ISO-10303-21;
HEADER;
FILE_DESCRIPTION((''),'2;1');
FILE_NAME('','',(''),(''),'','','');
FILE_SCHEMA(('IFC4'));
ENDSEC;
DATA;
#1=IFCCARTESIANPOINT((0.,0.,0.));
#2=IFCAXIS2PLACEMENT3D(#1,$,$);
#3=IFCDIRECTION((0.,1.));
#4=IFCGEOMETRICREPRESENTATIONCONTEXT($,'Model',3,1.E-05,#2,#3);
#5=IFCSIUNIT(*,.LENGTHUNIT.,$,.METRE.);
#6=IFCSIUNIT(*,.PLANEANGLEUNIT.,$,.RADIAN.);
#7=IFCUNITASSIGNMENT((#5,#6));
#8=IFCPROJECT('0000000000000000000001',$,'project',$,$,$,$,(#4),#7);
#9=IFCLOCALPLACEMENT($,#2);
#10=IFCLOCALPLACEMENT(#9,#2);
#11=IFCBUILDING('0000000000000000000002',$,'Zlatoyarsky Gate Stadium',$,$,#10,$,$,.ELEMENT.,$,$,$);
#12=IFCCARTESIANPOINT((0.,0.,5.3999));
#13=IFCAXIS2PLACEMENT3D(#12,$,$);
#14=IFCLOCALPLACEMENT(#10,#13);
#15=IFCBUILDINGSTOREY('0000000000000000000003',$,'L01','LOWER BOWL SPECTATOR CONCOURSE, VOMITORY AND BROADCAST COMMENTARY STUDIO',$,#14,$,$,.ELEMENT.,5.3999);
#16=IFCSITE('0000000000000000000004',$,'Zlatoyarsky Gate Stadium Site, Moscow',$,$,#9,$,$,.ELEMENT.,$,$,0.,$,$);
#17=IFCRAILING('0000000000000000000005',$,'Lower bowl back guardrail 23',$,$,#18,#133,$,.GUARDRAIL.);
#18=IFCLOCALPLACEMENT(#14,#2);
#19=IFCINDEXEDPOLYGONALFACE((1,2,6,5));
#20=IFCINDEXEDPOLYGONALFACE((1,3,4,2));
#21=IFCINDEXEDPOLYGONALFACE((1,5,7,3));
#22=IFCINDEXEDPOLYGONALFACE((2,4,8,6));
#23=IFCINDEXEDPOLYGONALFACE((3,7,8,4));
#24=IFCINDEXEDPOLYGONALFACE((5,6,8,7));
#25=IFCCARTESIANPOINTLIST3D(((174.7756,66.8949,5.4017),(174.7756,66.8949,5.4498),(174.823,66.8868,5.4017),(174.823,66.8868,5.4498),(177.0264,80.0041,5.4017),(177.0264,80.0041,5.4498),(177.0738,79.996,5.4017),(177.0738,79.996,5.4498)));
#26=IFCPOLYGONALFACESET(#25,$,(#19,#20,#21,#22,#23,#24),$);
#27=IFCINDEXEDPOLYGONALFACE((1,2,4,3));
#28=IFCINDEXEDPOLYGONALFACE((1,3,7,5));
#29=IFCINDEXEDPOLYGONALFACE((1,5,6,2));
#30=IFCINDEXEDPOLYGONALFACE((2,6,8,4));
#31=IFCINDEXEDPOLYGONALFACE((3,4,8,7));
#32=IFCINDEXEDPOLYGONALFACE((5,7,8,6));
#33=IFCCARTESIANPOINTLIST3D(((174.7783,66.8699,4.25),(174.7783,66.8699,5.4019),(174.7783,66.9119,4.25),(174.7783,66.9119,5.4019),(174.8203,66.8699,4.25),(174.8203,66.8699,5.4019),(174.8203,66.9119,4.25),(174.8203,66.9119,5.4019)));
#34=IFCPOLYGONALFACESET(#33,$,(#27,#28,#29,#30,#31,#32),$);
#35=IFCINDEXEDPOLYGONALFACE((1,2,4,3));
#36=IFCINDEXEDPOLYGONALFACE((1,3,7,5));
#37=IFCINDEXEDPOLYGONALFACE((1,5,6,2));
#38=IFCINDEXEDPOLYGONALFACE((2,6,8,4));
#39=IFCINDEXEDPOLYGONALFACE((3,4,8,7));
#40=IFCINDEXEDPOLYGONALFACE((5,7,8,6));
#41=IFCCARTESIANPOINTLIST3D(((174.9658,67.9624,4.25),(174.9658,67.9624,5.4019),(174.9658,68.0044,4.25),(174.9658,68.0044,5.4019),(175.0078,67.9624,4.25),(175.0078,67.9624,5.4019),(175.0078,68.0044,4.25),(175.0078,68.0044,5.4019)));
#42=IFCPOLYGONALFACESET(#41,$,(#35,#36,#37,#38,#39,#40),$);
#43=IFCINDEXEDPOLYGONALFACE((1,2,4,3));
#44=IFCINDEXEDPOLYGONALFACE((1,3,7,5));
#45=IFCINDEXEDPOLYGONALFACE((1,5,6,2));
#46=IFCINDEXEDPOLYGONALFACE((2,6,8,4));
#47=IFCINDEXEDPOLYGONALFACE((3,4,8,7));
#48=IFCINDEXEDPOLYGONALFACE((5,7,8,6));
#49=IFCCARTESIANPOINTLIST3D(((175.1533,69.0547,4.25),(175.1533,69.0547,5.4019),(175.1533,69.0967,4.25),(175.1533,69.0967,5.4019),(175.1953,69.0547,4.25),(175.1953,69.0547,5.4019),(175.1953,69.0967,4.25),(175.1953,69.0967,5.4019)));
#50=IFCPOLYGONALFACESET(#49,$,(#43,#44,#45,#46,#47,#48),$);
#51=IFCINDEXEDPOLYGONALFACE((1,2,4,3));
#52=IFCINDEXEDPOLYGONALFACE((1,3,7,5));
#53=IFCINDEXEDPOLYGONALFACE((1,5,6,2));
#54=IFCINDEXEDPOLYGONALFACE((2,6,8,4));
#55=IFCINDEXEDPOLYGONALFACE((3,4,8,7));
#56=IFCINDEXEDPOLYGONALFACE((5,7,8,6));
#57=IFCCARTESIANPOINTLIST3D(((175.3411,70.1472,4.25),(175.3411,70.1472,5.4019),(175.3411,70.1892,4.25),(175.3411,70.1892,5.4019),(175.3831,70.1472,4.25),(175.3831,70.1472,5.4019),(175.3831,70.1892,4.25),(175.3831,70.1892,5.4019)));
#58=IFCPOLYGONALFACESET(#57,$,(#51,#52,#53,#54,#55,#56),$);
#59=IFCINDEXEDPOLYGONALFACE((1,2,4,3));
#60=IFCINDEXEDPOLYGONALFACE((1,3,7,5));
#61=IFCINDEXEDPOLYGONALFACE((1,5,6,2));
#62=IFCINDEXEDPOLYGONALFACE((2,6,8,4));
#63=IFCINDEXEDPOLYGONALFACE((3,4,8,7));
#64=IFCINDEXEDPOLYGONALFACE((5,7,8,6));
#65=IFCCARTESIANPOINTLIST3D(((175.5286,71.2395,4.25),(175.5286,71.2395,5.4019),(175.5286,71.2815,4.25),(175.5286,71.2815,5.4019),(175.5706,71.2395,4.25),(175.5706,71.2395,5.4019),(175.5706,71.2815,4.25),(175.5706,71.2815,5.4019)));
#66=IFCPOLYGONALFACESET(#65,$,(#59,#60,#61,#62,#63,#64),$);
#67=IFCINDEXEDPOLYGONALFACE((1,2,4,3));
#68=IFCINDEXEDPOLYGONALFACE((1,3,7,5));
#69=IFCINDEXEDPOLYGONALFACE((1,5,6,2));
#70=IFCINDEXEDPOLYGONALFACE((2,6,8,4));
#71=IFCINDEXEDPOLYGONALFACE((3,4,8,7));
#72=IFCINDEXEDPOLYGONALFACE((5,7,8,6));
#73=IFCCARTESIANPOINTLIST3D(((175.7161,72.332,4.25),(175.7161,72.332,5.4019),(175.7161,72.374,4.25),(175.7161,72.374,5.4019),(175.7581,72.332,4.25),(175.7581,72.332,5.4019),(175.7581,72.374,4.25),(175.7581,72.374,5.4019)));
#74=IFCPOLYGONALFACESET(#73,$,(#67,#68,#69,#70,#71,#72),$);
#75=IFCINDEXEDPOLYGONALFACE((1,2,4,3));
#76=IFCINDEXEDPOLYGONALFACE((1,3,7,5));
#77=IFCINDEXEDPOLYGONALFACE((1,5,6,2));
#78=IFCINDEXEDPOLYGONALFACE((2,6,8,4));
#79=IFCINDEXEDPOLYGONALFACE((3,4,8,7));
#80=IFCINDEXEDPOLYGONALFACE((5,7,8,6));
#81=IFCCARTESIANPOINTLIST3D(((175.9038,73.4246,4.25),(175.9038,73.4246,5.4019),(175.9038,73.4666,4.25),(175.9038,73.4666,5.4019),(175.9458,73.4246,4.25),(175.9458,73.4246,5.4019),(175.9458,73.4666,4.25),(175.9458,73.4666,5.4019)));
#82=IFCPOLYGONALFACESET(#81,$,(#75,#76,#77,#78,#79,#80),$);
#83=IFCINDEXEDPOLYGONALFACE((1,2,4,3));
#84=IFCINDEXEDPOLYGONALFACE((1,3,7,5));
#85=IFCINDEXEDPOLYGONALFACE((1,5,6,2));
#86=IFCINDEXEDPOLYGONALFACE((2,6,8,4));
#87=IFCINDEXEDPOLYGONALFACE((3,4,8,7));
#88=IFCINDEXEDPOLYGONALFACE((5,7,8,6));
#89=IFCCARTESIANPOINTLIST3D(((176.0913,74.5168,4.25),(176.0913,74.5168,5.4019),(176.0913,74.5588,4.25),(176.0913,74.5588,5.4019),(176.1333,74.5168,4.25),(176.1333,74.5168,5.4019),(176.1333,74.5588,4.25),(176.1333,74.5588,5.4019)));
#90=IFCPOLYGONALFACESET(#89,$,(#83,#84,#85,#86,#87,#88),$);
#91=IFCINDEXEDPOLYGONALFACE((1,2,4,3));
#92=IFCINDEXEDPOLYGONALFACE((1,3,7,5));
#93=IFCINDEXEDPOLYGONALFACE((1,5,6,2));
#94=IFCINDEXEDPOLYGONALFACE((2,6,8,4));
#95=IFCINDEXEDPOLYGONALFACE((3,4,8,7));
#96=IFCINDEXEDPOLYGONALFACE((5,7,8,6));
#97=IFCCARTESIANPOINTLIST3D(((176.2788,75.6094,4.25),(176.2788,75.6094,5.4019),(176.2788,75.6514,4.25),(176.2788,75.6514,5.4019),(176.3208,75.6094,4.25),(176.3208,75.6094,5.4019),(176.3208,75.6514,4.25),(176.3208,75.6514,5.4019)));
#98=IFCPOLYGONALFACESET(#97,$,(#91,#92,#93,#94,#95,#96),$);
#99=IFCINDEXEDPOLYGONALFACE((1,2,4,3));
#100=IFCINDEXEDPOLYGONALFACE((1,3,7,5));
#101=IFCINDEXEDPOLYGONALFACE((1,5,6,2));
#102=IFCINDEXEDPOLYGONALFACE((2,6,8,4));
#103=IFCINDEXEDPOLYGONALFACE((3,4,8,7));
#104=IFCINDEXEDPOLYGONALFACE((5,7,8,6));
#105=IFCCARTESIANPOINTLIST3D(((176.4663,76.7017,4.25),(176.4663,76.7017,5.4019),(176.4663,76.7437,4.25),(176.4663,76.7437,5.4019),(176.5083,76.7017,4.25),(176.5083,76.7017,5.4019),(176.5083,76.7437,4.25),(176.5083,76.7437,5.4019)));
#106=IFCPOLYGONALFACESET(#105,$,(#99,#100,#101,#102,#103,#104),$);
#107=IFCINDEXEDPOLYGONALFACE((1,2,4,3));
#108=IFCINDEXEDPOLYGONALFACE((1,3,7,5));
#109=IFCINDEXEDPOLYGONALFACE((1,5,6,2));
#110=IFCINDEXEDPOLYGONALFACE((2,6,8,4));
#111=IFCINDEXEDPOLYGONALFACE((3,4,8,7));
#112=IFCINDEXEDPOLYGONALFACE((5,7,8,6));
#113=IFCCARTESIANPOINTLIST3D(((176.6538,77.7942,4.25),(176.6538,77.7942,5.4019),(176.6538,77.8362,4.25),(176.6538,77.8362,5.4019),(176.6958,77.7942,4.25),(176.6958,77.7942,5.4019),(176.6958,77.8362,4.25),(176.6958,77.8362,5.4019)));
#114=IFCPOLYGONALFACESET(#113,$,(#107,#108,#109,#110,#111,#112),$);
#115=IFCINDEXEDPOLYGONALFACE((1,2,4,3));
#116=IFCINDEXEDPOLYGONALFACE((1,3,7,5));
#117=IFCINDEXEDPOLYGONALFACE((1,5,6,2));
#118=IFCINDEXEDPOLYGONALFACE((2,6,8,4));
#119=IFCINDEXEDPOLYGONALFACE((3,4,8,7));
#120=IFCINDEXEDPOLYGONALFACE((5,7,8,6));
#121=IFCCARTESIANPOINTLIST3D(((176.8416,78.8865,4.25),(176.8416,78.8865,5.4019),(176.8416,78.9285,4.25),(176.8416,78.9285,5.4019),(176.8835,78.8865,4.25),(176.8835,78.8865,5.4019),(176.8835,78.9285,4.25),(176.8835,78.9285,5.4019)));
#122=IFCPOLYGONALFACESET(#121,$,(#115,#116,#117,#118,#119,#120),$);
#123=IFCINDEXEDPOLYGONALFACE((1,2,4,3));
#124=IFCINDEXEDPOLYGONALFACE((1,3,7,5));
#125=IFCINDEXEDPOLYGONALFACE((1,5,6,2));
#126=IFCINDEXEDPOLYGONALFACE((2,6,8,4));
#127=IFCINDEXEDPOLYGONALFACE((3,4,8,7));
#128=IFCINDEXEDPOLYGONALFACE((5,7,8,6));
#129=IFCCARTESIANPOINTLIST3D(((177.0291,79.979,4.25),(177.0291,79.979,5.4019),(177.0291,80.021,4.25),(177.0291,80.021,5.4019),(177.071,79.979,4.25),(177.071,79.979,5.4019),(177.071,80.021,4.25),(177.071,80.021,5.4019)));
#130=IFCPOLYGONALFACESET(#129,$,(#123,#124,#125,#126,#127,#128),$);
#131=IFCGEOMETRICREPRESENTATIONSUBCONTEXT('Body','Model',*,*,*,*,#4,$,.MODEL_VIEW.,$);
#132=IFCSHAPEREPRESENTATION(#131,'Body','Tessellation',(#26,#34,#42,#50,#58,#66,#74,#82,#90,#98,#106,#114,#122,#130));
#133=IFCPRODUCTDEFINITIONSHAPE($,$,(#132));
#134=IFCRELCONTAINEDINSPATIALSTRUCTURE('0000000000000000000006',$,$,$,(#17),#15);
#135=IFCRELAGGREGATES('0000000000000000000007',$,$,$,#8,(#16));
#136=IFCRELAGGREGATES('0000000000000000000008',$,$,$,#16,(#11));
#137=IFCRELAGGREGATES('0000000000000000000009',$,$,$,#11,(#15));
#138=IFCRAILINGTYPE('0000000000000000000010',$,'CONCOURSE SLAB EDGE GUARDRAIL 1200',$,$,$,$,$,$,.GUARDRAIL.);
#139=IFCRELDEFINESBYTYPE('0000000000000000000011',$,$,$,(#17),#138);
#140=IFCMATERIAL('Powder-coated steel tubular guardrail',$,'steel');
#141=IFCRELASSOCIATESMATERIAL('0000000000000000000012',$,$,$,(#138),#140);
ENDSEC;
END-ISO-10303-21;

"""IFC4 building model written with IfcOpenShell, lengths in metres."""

from ifc_helpers import new_model, si_unit, direction, frame, origin, origin_2d, place, context, subcontext, project, spatial, rectangle, extrude, material, type_object, element, save


model = new_model("IFC4")

# Units and contexts
model_context = context("Model", 3, precision=1e-05, world=origin(), true_north=direction((0.0, 1.0)))
body_context = subcontext(model_context, "Body", "Model", "MODEL_VIEW")
ifc_project = project(units=[si_unit("LENGTHUNIT", "METRE"), si_unit("PLANEANGLEUNIT", "RADIAN")], contexts=[model_context])

# Site, building, storey
site_placement = place(None, origin())
site = spatial("IfcSite", under=ifc_project, at=site_placement, Name="Zlatoyarsky Gate Stadium Site, Moscow", CompositionType="ELEMENT", RefElevation=0.0)
building_placement = place(site_placement, origin())
building = spatial("IfcBuilding", under=site, at=building_placement, Name="Zlatoyarsky Gate Stadium", CompositionType="ELEMENT")
storey_placement = place(building_placement, frame((0.0, 0.0, 5.3999)))
storey = spatial("IfcBuildingStorey", under=building, at=storey_placement, Name="L01", Description="LOWER BOWL SPECTATOR CONCOURSE, VOMITORY AND BROADCAST COMMENTARY STUDIO", CompositionType="ELEMENT", Elevation=5.3999)

# Railing
ifc_material_1 = material(Name="Powder-coated steel tubular guardrail", Category="steel")
railing_type_1 = type_object("IfcRailingType", Name="CONCOURSE SLAB EDGE GUARDRAIL 1200", PredefinedType="GUARDRAIL", material=ifc_material_1)
railing_1_placement = place(storey_placement, frame((174.7993, 66.8909, 4.25)))
element("IfcRailing", 1, at=railing_1_placement, inside=storey, type_object=railing_type_1, Name="Lower bowl back guardrail 23", PredefinedType="GUARDRAIL", context=body_context, shape_type="SweptSolid", body=[
    extrude(rectangle(XDim=0.0481, YDim=0.0481, at=origin_2d()), frame((0.0, 0.0, 1.1758), z_axis=(0.169216, 0.985579, 0.0), x_axis=(-0.985579, 0.169216, 0.0)), (0.0, 0.0, 1.0), 13.301),
    extrude(rectangle(XDim=0.042, YDim=0.042, at=origin_2d()), origin(), (0.0, 0.0, 1.0), 1.1519),
    extrude(rectangle(XDim=0.042, YDim=0.042, at=origin_2d()), frame((0.1875, 1.0925, 0.0)), (0.0, 0.0, 1.0), 1.1519),
    extrude(rectangle(XDim=0.042, YDim=0.042, at=origin_2d()), frame((0.375, 2.1848, 0.0)), (0.0, 0.0, 1.0), 1.1519),
    extrude(rectangle(XDim=0.042, YDim=0.042, at=origin_2d()), frame((0.5627, 3.2773, 0.0)), (0.0, 0.0, 1.0), 1.1519),
    extrude(rectangle(XDim=0.042, YDim=0.042, at=origin_2d()), frame((0.7502, 4.3696, 0.0)), (0.0, 0.0, 1.0), 1.1519),
    extrude(rectangle(XDim=0.042, YDim=0.042, at=origin_2d()), frame((0.9377, 5.4622, 0.0)), (0.0, 0.0, 1.0), 1.1519),
    extrude(rectangle(XDim=0.042, YDim=0.042, at=origin_2d()), frame((1.1255, 6.5547, 0.0)), (0.0, 0.0, 1.0), 1.1519),
    extrude(rectangle(XDim=0.042, YDim=0.042, at=origin_2d()), frame((1.313, 7.647, 0.0)), (0.0, 0.0, 1.0), 1.1519),
    extrude(rectangle(XDim=0.042, YDim=0.042, at=origin_2d()), frame((1.5005, 8.7395, 0.0)), (0.0, 0.0, 1.0), 1.1519),
    extrude(rectangle(XDim=0.042, YDim=0.042, at=origin_2d()), frame((1.688, 9.8318, 0.0)), (0.0, 0.0, 1.0), 1.1519),
    extrude(rectangle(XDim=0.042, YDim=0.042, at=origin_2d()), frame((1.8755, 10.9243, 0.0)), (0.0, 0.0, 1.0), 1.1519),
    extrude(rectangle(XDim=0.042, YDim=0.042, at=origin_2d()), frame((2.0632, 12.0166, 0.0)), (0.0, 0.0, 1.0), 1.1519),
    extrude(rectangle(XDim=0.042, YDim=0.042, at=origin_2d()), frame((2.2507, 13.1091, 0.0)), (0.0, 0.0, 1.0), 1.1519),
])

save(model, "model.ifc")
